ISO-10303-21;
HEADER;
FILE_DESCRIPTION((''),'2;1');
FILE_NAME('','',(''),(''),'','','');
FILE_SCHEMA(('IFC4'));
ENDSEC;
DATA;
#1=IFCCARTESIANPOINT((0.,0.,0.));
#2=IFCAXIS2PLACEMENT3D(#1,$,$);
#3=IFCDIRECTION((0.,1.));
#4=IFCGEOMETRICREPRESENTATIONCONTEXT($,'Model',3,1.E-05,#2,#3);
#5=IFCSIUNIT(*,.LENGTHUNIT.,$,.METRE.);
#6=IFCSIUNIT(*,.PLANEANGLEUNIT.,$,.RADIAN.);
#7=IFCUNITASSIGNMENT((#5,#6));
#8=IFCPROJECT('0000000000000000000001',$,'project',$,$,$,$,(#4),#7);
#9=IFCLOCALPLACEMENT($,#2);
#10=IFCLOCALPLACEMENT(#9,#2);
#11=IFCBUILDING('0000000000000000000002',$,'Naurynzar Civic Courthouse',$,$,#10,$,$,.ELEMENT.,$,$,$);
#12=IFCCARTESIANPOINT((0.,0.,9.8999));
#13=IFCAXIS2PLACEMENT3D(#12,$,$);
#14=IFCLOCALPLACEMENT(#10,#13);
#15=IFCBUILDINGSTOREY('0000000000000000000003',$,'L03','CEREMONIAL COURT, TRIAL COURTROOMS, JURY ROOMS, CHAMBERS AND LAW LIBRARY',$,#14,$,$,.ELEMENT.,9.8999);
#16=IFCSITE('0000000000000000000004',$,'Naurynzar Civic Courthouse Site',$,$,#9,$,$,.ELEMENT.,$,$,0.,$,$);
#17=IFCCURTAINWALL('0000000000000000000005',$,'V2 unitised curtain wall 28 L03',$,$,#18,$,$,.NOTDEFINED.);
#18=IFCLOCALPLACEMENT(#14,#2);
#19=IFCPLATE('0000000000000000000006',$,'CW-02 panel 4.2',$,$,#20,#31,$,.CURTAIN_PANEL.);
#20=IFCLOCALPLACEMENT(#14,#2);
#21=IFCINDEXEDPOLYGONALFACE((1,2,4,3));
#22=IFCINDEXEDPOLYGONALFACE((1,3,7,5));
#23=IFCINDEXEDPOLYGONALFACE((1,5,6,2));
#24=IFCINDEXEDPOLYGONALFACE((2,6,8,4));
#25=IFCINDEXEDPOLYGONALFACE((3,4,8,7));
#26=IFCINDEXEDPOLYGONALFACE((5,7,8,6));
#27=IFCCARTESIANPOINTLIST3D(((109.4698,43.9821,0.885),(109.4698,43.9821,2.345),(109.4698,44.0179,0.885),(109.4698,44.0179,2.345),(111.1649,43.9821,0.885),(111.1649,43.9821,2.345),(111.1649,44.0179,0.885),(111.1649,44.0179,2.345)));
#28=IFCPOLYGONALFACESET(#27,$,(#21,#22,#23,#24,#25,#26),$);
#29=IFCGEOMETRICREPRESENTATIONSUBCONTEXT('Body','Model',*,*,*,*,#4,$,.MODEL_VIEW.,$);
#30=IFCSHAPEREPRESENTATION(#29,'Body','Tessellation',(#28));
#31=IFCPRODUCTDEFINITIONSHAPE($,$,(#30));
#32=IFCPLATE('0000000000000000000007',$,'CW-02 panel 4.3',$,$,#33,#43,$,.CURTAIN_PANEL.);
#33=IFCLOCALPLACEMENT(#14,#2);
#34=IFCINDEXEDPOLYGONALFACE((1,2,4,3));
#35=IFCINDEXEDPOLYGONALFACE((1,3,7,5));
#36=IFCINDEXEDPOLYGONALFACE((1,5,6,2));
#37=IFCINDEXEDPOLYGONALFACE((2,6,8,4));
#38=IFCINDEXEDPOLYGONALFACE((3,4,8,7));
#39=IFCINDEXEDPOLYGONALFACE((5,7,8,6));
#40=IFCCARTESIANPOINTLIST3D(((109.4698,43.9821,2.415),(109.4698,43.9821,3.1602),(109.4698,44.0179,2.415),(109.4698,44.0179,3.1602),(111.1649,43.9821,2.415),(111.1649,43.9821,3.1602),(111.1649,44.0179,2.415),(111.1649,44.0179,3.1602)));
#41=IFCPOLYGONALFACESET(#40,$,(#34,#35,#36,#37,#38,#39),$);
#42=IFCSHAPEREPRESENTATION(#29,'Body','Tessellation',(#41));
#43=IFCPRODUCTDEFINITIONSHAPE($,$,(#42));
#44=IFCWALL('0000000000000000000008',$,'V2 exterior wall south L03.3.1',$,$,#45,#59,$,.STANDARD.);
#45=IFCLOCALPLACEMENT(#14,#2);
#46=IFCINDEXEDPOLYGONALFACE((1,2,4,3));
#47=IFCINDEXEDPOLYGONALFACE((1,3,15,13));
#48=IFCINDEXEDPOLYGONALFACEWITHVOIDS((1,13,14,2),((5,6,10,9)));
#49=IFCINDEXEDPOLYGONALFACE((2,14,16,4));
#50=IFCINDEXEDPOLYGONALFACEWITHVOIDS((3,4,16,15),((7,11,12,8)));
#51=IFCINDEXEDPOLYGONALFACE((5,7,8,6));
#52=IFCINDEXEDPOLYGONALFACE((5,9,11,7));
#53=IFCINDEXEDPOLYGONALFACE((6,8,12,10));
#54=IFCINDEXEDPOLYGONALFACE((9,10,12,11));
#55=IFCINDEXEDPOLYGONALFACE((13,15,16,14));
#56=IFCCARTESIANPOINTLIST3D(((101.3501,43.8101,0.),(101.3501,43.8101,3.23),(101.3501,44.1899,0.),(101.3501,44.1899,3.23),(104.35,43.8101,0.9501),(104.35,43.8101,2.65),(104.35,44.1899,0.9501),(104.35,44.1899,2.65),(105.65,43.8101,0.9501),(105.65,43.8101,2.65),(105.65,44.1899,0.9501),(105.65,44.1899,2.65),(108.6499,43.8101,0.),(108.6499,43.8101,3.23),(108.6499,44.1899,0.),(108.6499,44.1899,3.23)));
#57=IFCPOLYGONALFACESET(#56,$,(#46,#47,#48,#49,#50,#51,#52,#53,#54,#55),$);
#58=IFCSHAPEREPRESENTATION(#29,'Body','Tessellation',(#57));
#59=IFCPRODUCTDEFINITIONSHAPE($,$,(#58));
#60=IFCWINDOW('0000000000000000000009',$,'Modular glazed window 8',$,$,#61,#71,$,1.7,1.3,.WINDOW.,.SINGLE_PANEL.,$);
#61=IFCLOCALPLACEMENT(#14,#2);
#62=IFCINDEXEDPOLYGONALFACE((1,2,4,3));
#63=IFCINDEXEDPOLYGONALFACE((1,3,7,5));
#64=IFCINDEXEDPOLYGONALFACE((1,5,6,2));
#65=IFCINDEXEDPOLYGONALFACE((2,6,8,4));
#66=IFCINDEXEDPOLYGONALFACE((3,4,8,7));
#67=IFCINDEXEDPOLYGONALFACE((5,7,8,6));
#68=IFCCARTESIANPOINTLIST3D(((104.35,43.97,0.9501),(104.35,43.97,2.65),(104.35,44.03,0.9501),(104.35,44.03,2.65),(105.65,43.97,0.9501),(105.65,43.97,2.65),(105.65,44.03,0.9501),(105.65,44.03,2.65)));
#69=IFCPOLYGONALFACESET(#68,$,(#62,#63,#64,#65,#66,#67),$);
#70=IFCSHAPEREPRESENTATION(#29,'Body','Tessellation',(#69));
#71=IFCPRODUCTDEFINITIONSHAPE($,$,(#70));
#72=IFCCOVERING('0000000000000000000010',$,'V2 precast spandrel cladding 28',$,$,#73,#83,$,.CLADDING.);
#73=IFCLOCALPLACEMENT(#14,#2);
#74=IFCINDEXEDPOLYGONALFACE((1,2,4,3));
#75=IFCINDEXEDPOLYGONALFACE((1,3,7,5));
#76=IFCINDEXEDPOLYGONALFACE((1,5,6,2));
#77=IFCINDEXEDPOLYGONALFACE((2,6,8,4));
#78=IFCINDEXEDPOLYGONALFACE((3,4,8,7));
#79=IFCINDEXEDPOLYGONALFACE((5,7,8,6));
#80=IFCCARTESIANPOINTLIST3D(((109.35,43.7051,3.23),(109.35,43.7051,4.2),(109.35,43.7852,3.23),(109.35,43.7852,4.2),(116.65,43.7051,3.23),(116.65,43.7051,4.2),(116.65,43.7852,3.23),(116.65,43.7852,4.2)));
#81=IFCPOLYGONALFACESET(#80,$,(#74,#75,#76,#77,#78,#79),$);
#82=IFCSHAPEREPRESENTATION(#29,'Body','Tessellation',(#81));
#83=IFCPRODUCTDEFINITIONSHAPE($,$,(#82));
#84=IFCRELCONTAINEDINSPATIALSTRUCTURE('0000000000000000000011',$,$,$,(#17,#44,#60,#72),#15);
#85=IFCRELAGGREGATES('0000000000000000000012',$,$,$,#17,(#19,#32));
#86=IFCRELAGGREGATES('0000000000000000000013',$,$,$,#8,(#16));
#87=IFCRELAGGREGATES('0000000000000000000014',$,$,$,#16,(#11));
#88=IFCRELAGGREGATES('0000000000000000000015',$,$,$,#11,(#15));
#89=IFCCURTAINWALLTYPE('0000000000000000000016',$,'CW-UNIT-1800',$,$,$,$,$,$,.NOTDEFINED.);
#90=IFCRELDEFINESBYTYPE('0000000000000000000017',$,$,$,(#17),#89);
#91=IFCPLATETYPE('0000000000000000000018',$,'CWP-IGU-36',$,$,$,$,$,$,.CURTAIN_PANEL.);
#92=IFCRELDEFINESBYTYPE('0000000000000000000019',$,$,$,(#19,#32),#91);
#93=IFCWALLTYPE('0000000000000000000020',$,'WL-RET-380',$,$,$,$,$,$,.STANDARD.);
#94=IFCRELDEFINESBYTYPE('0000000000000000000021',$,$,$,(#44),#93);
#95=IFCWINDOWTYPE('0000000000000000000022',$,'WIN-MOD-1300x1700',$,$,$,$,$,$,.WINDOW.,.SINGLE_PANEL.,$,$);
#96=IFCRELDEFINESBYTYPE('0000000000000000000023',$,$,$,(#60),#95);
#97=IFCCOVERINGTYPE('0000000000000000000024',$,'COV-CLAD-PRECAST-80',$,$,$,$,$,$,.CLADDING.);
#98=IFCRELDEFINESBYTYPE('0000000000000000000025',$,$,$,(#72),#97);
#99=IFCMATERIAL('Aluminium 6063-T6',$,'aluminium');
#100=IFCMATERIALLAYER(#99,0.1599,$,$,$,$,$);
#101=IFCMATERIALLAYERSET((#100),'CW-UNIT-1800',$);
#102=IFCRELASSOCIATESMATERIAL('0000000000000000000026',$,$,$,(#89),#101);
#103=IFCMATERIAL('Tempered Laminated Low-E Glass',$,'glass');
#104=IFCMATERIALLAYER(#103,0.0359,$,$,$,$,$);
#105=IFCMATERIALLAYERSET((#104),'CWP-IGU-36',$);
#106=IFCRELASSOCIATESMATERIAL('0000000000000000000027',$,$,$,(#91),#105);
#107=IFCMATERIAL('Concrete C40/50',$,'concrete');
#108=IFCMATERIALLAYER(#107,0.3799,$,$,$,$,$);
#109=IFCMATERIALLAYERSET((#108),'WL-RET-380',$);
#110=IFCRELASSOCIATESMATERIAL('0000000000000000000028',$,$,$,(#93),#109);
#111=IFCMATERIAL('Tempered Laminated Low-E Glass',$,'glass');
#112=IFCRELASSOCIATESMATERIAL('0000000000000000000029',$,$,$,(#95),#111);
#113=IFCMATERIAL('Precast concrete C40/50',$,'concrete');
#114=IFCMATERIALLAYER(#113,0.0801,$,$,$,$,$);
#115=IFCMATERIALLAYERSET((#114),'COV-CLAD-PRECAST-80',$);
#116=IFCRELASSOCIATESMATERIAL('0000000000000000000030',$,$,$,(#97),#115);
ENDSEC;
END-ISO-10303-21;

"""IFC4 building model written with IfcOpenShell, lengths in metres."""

from ifc_helpers import new_model, si_unit, direction, frame, frame_2d, origin, origin_2d, place, context, subcontext, project, spatial, rectangle, extrude, material, layer, layer_set, type_object, element, fill, aggregate, save


model = new_model("IFC4")

# Units and contexts
model_context = context("Model", 3, precision=1e-05, world=origin(), true_north=direction((0.0, 1.0)))
body_context = subcontext(model_context, "Body", "Model", "MODEL_VIEW")
ifc_project = project(units=[si_unit("LENGTHUNIT", "METRE"), si_unit("PLANEANGLEUNIT", "RADIAN")], contexts=[model_context])

# Site, building, storey
site_placement = place(None, origin())
site = spatial("IfcSite", under=ifc_project, at=site_placement, Name="Naurynzar Civic Courthouse Site", CompositionType="ELEMENT", RefElevation=0.0)
building_placement = place(site_placement, origin())
building = spatial("IfcBuilding", under=site, at=building_placement, Name="Naurynzar Civic Courthouse", CompositionType="ELEMENT")
storey_placement = place(building_placement, frame((0.0, 0.0, 9.8999)))
storey = spatial("IfcBuildingStorey", under=building, at=storey_placement, Name="L03", Description="CEREMONIAL COURT, TRIAL COURTROOMS, JURY ROOMS, CHAMBERS AND LAW LIBRARY", CompositionType="ELEMENT", Elevation=9.8999)

# Curtain wall, plates
ifc_material_1 = material(Name="Aluminium 6063-T6", Category="aluminium")
ifc_layer_1 = layer(ifc_material_1, 0.1599)
ifc_layer_set_1 = layer_set([ifc_layer_1], Name="CW-UNIT-1800")
curtain_wall_type = type_object("IfcCurtainWallType", Name="CW-UNIT-1800", PredefinedType="NOTDEFINED", material=ifc_layer_set_1)
curtain_wall_placement = place(storey_placement, origin())
curtain_wall = element("IfcCurtainWall", 1, at=curtain_wall_placement, inside=storey, type_object=curtain_wall_type, Name="V2 unitised curtain wall 28 L03", PredefinedType="NOTDEFINED")
ifc_material_2 = material(Name="Tempered Laminated Low-E Glass", Category="glass")
ifc_layer_2 = layer(ifc_material_2, 0.0359)
ifc_layer_set_2 = layer_set([ifc_layer_2], Name="CWP-IGU-36")
plate_type = type_object("IfcPlateType", Name="CWP-IGU-36", PredefinedType="CURTAIN_PANEL", material=ifc_layer_set_2)
plate_1_placement = place(storey_placement, frame((110.3174, 44.0, 0.885), z_axis=(0.0, 0.0, 1.0), x_axis=(-1.0, 0.0, 0.0)))
plate_1 = element("IfcPlate", 2, at=plate_1_placement, type_object=plate_type, Name="CW-02 panel 4.2", PredefinedType="CURTAIN_PANEL", context=body_context, shape_type="SweptSolid", body=[
    extrude(rectangle(XDim=1.6951, YDim=0.0359, at=origin_2d()), origin(), (0.0, 0.0, 1.0), 1.46),
])
plate_2_placement = place(storey_placement, frame((110.3174, 44.0, 2.415), z_axis=(0.0, 0.0, 1.0), x_axis=(-1.0, 0.0, 0.0)))
plate_2 = element("IfcPlate", 3, at=plate_2_placement, type_object=plate_type, Name="CW-02 panel 4.3", PredefinedType="CURTAIN_PANEL", context=body_context, shape_type="SweptSolid", body=[
    extrude(rectangle(XDim=1.6951, YDim=0.0359, at=origin_2d()), origin(), (0.0, 0.0, 1.0), 0.7451),
])
aggregate(curtain_wall, [plate_1, plate_2])

# Wall, opening, window
ifc_material_3 = material(Name="Concrete C40/50", Category="concrete")
ifc_layer_3 = layer(ifc_material_3, 0.3799)
ifc_layer_set_3 = layer_set([ifc_layer_3], Name="WL-RET-380")
wall_type = type_object("IfcWallType", Name="WL-RET-380", PredefinedType="STANDARD", material=ifc_layer_set_3)
wall_placement = place(storey_placement, frame((108.6499, 44.0, 0.0), z_axis=(0.0, 0.0, 1.0), x_axis=(-1.0, 0.0, 0.0)))
wall = element("IfcWall", 4, at=wall_placement, inside=storey, type_object=wall_type, Name="V2 exterior wall south L03.3.1", PredefinedType="STANDARD", context=body_context, shape_type="SweptSolid", body=[
    extrude(rectangle(XDim=7.2998, YDim=0.3799, at=frame_2d((3.6499, 0.0))), origin(), (0.0, 0.0, 1.0), 3.23),
])
opening_placement = place(wall_placement, frame((3.0, 0.0, 0.95)))
opening = element("IfcOpeningElement", 5, at=opening_placement, cuts=wall, PredefinedType="OPENING", context=body_context, shape_type="SweptSolid", body=[
    extrude(rectangle(XDim=1.3, YDim=1.7, at=frame_2d((0.6499, 0.8501))), frame((0.0, 0.2, 0.0), z_axis=(0.0, -1.0, 0.0), x_axis=(1.0, 0.0, 0.0)), (0.0, 0.0, 1.0), 0.3999),
])
ifc_material_4 = material(Name="Tempered Laminated Low-E Glass", Category="glass")
window_type = type_object("IfcWindowType", Name="WIN-MOD-1300x1700", PartitioningType="SINGLE_PANEL", PredefinedType="WINDOW", material=ifc_material_4)
window_placement = place(opening_placement, origin())
window = element("IfcWindow", 6, at=window_placement, inside=storey, type_object=window_type, Name="Modular glazed window 8", OverallHeight=1.7, OverallWidth=1.3, PartitioningType="SINGLE_PANEL", PredefinedType="WINDOW", context=body_context, shape_type="SweptSolid", body=[
    extrude(rectangle(XDim=1.3, YDim=1.7, at=frame_2d((0.6499, 0.8501))), frame((0.0, 0.03, 0.0), z_axis=(0.0, -1.0, 0.0), x_axis=(1.0, 0.0, 0.0)), (0.0, 0.0, 1.0), 0.0601),
])
fill(opening, window)

# Covering
ifc_material_5 = material(Name="Precast concrete C40/50", Category="concrete")
ifc_layer_4 = layer(ifc_material_5, 0.0801)
ifc_layer_set_4 = layer_set([ifc_layer_4], Name="COV-CLAD-PRECAST-80")
covering_type = type_object("IfcCoveringType", Name="COV-CLAD-PRECAST-80", PredefinedType="CLADDING", material=ifc_layer_set_4)
covering_placement = place(storey_placement, frame((113.0, 43.7451, 3.23), z_axis=(0.0, 0.0, 1.0), x_axis=(-1.0, 0.0, 0.0)))
element("IfcCovering", 7, at=covering_placement, inside=storey, type_object=covering_type, Name="V2 precast spandrel cladding 28", PredefinedType="CLADDING", context=body_context, shape_type="SweptSolid", body=[
    extrude(rectangle(XDim=7.3, YDim=0.0801, at=origin_2d()), origin(), (0.0, 0.0, 1.0), 0.97),
])

save(model, "model.ifc")
